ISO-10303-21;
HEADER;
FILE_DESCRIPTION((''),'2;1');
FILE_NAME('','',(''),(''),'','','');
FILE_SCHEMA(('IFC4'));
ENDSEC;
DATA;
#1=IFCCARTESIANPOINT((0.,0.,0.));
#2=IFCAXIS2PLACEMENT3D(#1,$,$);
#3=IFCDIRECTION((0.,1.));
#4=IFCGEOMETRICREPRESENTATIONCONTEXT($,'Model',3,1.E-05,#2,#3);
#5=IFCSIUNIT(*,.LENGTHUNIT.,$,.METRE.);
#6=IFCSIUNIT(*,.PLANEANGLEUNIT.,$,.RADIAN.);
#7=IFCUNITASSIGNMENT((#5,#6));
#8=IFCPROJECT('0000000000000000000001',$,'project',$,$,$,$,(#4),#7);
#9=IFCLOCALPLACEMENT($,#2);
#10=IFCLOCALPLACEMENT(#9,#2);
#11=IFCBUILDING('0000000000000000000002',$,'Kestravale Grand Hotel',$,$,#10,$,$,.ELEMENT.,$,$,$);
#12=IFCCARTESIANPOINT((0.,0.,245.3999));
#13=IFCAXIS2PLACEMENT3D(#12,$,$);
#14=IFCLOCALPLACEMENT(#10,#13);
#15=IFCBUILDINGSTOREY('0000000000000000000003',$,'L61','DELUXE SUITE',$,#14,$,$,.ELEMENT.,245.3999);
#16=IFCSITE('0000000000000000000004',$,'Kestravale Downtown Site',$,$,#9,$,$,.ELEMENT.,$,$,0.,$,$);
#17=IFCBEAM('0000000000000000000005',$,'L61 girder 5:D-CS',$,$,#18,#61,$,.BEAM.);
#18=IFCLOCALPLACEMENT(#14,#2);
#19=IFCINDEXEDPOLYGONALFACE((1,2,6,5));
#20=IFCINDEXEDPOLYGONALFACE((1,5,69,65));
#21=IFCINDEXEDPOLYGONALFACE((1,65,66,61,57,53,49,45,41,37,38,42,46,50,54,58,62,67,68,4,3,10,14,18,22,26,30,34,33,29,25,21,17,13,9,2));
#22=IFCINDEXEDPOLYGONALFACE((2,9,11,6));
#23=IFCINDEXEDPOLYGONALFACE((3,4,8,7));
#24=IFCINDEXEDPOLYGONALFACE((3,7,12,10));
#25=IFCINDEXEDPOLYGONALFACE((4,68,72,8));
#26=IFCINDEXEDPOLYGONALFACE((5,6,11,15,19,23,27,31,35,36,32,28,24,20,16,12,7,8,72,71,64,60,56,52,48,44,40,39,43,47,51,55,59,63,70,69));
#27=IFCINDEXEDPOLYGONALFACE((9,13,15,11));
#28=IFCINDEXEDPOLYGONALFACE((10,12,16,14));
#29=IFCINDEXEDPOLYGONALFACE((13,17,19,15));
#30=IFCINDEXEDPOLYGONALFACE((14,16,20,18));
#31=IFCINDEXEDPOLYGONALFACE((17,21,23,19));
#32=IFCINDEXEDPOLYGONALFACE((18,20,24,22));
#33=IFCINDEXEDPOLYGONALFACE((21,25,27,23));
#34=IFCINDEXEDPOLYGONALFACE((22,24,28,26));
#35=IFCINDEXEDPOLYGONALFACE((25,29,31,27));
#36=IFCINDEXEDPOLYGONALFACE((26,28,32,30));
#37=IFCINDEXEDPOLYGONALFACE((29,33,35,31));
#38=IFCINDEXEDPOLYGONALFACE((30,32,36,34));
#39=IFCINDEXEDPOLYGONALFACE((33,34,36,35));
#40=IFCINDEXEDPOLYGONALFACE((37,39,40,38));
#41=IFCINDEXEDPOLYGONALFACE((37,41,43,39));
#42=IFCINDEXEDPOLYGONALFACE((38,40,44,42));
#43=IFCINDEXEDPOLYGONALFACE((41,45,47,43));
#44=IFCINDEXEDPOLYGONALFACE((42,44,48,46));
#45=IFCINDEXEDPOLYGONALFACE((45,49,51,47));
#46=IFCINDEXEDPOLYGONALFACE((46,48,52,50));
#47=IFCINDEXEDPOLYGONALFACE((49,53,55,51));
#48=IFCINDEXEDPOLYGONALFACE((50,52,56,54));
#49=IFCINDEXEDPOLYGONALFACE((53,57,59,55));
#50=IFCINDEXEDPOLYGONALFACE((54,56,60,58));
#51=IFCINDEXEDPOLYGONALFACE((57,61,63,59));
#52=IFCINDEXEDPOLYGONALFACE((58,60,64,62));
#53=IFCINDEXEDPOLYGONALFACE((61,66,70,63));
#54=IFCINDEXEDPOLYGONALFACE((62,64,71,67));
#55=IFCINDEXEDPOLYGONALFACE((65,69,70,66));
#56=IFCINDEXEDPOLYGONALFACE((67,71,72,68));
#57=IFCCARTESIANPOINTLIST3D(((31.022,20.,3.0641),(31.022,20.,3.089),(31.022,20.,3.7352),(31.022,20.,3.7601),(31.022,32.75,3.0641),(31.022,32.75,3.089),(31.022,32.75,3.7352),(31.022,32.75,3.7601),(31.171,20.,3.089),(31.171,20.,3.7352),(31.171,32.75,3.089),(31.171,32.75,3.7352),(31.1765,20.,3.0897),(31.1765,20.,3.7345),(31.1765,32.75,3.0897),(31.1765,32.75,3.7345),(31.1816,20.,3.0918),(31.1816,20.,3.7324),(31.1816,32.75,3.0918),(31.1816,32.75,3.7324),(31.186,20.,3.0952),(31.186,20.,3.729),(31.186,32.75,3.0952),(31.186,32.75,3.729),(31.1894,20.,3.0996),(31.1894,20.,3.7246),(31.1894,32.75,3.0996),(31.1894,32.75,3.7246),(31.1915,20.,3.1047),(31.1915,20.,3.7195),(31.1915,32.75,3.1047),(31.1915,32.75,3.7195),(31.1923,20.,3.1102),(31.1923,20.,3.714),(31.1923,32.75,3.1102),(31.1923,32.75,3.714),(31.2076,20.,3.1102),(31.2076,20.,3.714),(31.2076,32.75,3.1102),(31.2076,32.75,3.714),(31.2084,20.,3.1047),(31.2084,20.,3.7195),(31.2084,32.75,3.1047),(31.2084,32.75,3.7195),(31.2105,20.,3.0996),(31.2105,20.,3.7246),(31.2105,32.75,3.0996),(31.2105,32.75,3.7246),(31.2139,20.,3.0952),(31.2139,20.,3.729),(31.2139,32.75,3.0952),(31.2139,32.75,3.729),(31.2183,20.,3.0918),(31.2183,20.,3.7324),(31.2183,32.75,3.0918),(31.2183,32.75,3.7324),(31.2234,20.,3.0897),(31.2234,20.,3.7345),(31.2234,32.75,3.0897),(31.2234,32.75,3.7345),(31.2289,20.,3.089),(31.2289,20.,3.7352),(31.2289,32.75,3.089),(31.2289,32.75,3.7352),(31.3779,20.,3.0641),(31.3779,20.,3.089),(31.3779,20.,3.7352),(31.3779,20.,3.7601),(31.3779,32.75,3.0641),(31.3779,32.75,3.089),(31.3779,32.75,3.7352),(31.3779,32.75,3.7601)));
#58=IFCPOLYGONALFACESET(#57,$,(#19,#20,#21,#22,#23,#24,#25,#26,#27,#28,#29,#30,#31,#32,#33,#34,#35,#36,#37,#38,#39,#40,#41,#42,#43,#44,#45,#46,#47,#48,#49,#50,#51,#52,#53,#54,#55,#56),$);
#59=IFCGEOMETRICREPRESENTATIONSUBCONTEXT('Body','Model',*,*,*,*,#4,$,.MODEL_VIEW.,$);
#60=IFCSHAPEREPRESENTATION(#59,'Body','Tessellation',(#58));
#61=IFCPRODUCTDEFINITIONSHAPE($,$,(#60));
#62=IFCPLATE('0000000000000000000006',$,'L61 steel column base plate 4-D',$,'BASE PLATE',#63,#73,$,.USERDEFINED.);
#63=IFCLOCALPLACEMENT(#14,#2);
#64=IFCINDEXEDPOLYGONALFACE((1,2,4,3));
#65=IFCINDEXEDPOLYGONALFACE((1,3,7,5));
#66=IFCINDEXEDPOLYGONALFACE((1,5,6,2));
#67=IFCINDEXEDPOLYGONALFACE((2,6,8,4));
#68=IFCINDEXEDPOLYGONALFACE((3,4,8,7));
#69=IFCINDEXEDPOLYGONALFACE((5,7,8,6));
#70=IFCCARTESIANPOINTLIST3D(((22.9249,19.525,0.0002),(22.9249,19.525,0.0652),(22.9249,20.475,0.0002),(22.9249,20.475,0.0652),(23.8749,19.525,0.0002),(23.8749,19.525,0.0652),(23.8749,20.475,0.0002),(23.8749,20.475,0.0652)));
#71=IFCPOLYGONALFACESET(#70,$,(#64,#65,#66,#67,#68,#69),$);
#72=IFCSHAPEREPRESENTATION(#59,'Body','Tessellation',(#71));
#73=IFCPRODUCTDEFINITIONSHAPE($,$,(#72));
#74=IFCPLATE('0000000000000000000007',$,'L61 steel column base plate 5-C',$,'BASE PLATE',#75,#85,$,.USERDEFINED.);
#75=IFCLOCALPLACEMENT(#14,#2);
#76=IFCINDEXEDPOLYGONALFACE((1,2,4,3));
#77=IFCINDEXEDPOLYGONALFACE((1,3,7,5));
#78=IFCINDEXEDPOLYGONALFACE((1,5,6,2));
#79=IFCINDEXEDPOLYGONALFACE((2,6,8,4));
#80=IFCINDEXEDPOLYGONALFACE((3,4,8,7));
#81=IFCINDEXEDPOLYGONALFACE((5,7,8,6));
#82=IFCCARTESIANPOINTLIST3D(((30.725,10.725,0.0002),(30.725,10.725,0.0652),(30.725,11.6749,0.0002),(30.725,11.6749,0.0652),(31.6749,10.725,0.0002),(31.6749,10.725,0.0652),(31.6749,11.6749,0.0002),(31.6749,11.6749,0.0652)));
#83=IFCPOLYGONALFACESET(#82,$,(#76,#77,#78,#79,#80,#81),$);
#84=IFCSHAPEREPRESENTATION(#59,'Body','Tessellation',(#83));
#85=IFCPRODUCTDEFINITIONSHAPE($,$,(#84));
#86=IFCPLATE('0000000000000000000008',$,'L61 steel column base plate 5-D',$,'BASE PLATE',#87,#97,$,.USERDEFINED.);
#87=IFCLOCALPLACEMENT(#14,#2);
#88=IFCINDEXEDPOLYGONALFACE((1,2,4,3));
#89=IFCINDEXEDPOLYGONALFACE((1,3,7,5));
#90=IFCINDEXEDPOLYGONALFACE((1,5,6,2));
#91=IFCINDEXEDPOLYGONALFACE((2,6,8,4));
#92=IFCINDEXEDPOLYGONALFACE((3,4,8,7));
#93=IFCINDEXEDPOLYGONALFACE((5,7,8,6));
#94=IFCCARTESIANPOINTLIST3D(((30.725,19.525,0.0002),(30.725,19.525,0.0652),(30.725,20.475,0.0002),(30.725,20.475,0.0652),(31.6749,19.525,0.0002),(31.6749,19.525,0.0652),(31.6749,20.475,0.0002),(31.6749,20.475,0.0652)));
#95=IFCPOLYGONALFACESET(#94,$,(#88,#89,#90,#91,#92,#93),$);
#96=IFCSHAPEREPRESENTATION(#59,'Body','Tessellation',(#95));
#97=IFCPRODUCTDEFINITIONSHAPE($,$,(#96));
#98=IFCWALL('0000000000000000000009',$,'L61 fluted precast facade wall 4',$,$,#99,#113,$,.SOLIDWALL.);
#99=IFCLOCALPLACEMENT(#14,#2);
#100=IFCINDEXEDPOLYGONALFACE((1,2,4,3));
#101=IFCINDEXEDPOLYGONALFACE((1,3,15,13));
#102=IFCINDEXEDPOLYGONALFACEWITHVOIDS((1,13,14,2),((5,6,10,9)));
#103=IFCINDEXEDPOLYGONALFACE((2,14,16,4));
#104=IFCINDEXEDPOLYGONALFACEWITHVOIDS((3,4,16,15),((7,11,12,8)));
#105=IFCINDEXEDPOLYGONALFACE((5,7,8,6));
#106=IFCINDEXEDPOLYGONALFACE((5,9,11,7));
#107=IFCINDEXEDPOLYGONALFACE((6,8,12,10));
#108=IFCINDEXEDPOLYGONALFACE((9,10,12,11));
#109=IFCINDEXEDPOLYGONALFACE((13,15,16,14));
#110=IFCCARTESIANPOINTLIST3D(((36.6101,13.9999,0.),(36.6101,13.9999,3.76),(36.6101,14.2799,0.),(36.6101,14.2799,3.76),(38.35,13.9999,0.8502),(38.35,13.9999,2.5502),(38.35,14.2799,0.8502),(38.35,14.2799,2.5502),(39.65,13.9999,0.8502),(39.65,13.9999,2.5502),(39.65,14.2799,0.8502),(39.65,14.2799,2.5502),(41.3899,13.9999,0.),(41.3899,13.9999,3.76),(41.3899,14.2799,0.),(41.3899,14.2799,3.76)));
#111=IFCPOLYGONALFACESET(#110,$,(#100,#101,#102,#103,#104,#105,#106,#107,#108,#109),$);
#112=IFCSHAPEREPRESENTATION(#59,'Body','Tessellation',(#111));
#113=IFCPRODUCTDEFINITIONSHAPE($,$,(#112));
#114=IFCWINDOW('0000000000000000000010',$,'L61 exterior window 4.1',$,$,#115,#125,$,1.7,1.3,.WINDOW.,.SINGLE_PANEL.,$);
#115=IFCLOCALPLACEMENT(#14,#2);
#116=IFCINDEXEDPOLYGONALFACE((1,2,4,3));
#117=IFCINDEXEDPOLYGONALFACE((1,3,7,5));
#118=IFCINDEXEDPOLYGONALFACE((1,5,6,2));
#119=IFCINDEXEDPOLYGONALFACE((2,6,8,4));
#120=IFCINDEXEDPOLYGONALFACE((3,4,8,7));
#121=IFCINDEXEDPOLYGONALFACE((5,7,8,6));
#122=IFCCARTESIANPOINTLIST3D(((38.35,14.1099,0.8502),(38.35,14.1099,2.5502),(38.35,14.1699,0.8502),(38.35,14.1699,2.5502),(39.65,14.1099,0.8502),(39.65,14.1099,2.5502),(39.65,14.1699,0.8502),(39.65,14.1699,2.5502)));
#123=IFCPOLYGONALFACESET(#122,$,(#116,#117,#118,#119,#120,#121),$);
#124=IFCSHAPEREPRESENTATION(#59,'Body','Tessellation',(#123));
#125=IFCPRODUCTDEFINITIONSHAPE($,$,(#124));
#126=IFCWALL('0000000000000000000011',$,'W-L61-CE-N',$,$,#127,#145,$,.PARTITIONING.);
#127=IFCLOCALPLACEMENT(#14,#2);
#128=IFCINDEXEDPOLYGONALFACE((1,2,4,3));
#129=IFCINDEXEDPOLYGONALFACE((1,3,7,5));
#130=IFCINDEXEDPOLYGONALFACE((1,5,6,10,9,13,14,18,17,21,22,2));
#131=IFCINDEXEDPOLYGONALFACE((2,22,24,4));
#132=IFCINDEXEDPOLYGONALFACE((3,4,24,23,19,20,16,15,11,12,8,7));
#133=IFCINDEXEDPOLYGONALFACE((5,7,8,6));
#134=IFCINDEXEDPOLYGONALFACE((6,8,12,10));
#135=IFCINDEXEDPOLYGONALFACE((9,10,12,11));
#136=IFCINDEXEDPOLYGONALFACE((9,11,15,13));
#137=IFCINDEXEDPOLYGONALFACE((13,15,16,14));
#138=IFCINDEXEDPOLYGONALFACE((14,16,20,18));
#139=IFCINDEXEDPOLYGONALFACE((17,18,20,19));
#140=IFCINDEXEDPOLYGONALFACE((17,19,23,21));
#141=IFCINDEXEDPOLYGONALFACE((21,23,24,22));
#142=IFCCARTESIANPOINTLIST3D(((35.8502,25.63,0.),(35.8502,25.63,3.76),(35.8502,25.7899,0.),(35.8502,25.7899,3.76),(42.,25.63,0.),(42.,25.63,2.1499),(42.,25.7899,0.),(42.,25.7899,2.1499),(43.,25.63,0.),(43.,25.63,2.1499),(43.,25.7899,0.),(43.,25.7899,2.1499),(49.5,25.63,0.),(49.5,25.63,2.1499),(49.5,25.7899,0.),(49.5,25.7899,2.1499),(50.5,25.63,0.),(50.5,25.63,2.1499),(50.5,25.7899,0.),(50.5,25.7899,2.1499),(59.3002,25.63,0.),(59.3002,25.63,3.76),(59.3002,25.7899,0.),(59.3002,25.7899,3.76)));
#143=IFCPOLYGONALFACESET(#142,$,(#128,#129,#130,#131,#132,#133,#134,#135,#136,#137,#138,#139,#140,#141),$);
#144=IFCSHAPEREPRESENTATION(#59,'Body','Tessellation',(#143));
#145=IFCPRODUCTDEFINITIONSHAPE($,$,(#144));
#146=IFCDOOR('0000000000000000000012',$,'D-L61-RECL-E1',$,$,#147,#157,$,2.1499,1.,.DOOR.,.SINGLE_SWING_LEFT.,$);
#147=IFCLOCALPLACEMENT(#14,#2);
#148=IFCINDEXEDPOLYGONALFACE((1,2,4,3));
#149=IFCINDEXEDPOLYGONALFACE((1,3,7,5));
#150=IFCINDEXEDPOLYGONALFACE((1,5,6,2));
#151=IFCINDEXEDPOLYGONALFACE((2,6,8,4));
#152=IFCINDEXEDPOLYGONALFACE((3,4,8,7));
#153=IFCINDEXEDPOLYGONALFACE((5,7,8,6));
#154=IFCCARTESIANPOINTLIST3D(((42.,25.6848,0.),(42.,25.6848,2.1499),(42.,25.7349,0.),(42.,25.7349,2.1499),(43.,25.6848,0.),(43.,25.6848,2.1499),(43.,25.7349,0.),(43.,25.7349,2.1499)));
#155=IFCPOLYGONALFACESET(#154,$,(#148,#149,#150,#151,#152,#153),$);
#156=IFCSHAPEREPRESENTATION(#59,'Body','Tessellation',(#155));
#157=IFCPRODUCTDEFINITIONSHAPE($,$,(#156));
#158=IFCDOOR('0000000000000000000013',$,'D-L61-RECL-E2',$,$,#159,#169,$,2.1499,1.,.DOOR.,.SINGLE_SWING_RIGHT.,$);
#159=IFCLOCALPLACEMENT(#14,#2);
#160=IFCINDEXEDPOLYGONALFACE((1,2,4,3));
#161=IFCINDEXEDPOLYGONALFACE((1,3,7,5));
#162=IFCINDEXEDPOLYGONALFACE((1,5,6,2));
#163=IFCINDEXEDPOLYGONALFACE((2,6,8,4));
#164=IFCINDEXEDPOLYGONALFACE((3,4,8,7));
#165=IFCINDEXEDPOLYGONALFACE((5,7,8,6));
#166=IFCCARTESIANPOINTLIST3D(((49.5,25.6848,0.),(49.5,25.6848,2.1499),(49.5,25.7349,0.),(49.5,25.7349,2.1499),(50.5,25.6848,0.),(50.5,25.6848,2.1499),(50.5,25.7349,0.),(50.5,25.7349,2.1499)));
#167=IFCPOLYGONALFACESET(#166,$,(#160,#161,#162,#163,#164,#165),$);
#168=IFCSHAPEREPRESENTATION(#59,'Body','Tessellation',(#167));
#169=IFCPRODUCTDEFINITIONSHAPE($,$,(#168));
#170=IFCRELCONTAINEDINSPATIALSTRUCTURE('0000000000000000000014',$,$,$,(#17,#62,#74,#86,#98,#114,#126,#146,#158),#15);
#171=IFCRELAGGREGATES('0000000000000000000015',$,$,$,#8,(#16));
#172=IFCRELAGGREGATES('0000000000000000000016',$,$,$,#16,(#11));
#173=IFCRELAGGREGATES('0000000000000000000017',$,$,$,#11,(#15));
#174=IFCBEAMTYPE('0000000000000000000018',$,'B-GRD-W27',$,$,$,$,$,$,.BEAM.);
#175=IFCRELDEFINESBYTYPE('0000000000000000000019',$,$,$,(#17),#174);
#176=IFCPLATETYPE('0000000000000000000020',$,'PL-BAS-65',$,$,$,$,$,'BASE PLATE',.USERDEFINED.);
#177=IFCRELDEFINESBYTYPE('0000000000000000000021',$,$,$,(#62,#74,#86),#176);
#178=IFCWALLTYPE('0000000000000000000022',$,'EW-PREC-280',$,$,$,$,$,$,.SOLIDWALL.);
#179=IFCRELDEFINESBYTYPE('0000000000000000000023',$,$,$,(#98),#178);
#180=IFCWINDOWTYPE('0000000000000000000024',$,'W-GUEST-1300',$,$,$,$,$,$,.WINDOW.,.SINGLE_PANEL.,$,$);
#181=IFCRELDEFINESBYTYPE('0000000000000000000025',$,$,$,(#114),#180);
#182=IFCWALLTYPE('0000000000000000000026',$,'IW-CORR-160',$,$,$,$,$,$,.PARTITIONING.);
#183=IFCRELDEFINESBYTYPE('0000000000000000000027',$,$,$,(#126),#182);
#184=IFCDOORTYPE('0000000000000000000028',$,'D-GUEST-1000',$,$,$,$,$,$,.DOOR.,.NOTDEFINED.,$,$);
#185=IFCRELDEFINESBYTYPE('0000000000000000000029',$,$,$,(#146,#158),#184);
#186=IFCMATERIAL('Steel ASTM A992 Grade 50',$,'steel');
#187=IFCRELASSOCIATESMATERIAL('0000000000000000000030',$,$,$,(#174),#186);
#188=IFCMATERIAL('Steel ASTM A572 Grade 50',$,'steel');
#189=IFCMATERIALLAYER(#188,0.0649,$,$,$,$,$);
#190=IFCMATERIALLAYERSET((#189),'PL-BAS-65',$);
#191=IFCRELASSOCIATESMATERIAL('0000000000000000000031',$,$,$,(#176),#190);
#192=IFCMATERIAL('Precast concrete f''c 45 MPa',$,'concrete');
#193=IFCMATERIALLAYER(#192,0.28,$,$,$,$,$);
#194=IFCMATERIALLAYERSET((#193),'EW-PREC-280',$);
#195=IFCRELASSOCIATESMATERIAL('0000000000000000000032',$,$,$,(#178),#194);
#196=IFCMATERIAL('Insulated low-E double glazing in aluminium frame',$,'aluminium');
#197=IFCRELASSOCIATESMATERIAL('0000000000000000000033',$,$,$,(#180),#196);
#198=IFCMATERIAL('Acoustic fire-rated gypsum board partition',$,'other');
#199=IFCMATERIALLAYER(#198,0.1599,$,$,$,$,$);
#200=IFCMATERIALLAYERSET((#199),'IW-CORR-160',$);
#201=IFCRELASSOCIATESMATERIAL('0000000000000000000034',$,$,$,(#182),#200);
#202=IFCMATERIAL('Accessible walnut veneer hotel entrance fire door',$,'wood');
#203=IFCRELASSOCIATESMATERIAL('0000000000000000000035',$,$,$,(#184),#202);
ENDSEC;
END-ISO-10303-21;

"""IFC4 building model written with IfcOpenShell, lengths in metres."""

from ifc_helpers import new_model, si_unit, direction, frame, frame_2d, origin, origin_2d, place, context, subcontext, project, spatial, rectangle, i_section, extrude, material, layer, layer_set, material_profile, profile_set, type_object, element, fill, save


model = new_model("IFC4")

# Units and contexts
model_context = context("Model", 3, precision=1e-05, world=origin(), true_north=direction((0.0, 1.0)))
body_context = subcontext(model_context, "Body", "Model", "MODEL_VIEW")
ifc_project = project(units=[si_unit("LENGTHUNIT", "METRE"), si_unit("PLANEANGLEUNIT", "RADIAN")], contexts=[model_context])

# Site, building, storey
site_placement = place(None, origin())
site = spatial("IfcSite", under=ifc_project, at=site_placement, Name="Kestravale Downtown Site", CompositionType="ELEMENT", RefElevation=0.0)
building_placement = place(site_placement, origin())
building = spatial("IfcBuilding", under=site, at=building_placement, Name="Kestravale Grand Hotel", CompositionType="ELEMENT")
storey_placement = place(building_placement, frame((0.0, 0.0, 245.3999)))
storey = spatial("IfcBuildingStorey", under=building, at=storey_placement, Name="L61", Description="DELUXE SUITE", CompositionType="ELEMENT", Elevation=245.3999)

# Beam
ifc_material_1 = material(Name="Steel ASTM A992 Grade 50", Category="steel")
ifc_material_profile_1 = material_profile(ifc_material_1, i_section(OverallWidth=0.356, OverallDepth=0.696, WebThickness=0.0154, FlangeThickness=0.0249, FilletRadius=0.0212, at=origin_2d()))
ifc_profile_set_1 = profile_set([ifc_material_profile_1], Name="Steel ASTM A992 Grade 50")
beam_type_1 = type_object("IfcBeamType", Name="B-GRD-W27", PredefinedType="BEAM", material=ifc_profile_set_1)
beam_1_placement = place(storey_placement, frame((31.2, 20.0, 3.4121), z_axis=(0.0, 1.0, 0.0), x_axis=(-1.0, 0.0, 0.0)))
element("IfcBeam", 1, at=beam_1_placement, inside=storey, type_object=beam_type_1, Name="L61 girder 5:D-CS", PredefinedType="BEAM", context=body_context, shape_type="SweptSolid", body=[
    extrude(i_section(OverallWidth=0.356, OverallDepth=0.696, WebThickness=0.0154, FlangeThickness=0.0249, FilletRadius=0.0212, at=origin_2d()), origin(), (0.0, 0.0, 1.0), 12.75),
])

# Plates
ifc_material_2 = material(Name="Steel ASTM A572 Grade 50", Category="steel")
ifc_layer_1 = layer(ifc_material_2, 0.0649)
ifc_layer_set_1 = layer_set([ifc_layer_1], Name="PL-BAS-65")
plate_type = type_object("IfcPlateType", Name="PL-BAS-65", ElementType="BASE PLATE", PredefinedType="USERDEFINED", material=ifc_layer_set_1)
for number, where, z_axis, x_axis, name in (
    (2, (23.3999, 20.0, 0.0002), (0.0, 0.0, 1.0), (1.0, 0.0, 0.0), "L61 steel column base plate 4-D"),
    (3, (31.2, 11.2, 0.0002), (0.0, 0.0, 1.0), (1.0, 0.0, 0.0), "L61 steel column base plate 5-C"),
    (4, (31.2, 20.0, 0.0002), (0.0, 0.0, 1.0), (1.0, 0.0, 0.0), "L61 steel column base plate 5-D"),
):
    element("IfcPlate", number, at=place(storey_placement, frame(where, z_axis=z_axis, x_axis=x_axis)), inside=storey, type_object=plate_type, Name=name, ObjectType="BASE PLATE", PredefinedType="USERDEFINED", context=body_context, shape_type="SweptSolid", body=[
        extrude(rectangle(XDim=0.95, YDim=0.95, at=origin_2d()), origin(), (0.0, 0.0, 1.0), 0.0649),
    ])

# Wall, opening, window
ifc_material_3 = material(Name="Precast concrete f'c 45 MPa", Category="concrete")
ifc_layer_2 = layer(ifc_material_3, 0.28)
ifc_layer_set_2 = layer_set([ifc_layer_2], Name="EW-PREC-280")
wall_type_1 = type_object("IfcWallType", Name="EW-PREC-280", PredefinedType="SOLIDWALL", material=ifc_layer_set_2)
wall_1_placement = place(storey_placement, frame((36.6101, 14.1399, 0.0), z_axis=(0.0, 0.0, 1.0), x_axis=(1.0, 0.0, 0.0)))
wall_1 = element("IfcWall", 5, at=wall_1_placement, inside=storey, type_object=wall_type_1, Name="L61 fluted precast facade wall 4", PredefinedType="SOLIDWALL", context=body_context, shape_type="SweptSolid", body=[
    extrude(rectangle(XDim=4.7798, YDim=0.28, at=frame_2d((2.3899, 0.0))), origin(), (0.0, 0.0, 1.0), 3.76),
])
opening_1_placement = place(wall_1_placement, frame((1.74, 0.0, 0.8501)))
opening_1 = element("IfcOpeningElement", 6, at=opening_1_placement, cuts=wall_1, PredefinedType="OPENING", context=body_context, shape_type="SweptSolid", body=[
    extrude(rectangle(XDim=1.3, YDim=1.7, at=frame_2d((0.6499, 0.8501))), frame((0.0, 0.1499, 0.0), z_axis=(0.0, -1.0, 0.0), x_axis=(1.0, 0.0, 0.0)), (0.0, 0.0, 1.0), 0.3),
])
ifc_material_4 = material(Name="Insulated low-E double glazing in aluminium frame", Category="aluminium")
window_type = type_object("IfcWindowType", Name="W-GUEST-1300", PartitioningType="SINGLE_PANEL", PredefinedType="WINDOW", material=ifc_material_4)
window_placement = place(opening_1_placement, origin())
window = element("IfcWindow", 7, at=window_placement, inside=storey, type_object=window_type, Name="L61 exterior window 4.1", OverallHeight=1.7, OverallWidth=1.3, PartitioningType="SINGLE_PANEL", PredefinedType="WINDOW", context=body_context, shape_type="SweptSolid", body=[
    extrude(rectangle(XDim=1.3, YDim=1.7, at=frame_2d((0.6499, 0.8501))), frame((0.0, 0.03, 0.0), z_axis=(0.0, -1.0, 0.0), x_axis=(1.0, 0.0, 0.0)), (0.0, 0.0, 1.0), 0.0601),
])
fill(opening_1, window)

# Wall, openings, doors
ifc_material_5 = material(Name="Acoustic fire-rated gypsum board partition", Category="other")
ifc_layer_3 = layer(ifc_material_5, 0.1599)
ifc_layer_set_3 = layer_set([ifc_layer_3], Name="IW-CORR-160")
wall_type_2 = type_object("IfcWallType", Name="IW-CORR-160", PredefinedType="PARTITIONING", material=ifc_layer_set_3)
wall_2_placement = place(storey_placement, frame((35.8501, 25.71, 0.0), z_axis=(0.0, 0.0, 1.0), x_axis=(1.0, 0.0, 0.0)))
wall_2 = element("IfcWall", 8, at=wall_2_placement, inside=storey, type_object=wall_type_2, Name="W-L61-CE-N", PredefinedType="PARTITIONING", context=body_context, shape_type="SweptSolid", body=[
    extrude(rectangle(XDim=23.45, YDim=0.1599, at=frame_2d((11.7251, 0.0))), origin(), (0.0, 0.0, 1.0), 3.76),
])
opening_2_placement = place(wall_2_placement, frame((6.1499, 0.0, 0.0)))
opening_2 = element("IfcOpeningElement", 9, at=opening_2_placement, cuts=wall_2, PredefinedType="OPENING", context=body_context, shape_type="SweptSolid", body=[
    extrude(rectangle(XDim=1.0, YDim=2.1499, at=frame_2d((0.5, 1.075))), frame((0.0, 0.0898, 0.0), z_axis=(0.0, -1.0, 0.0), x_axis=(1.0, 0.0, 0.0)), (0.0, 0.0, 1.0), 0.1799),
])
opening_3_placement = place(wall_2_placement, frame((13.6499, 0.0, 0.0)))
opening_3 = element("IfcOpeningElement", 10, at=opening_3_placement, cuts=wall_2, PredefinedType="OPENING", context=body_context, shape_type="SweptSolid", body=[
    extrude(rectangle(XDim=1.0, YDim=2.1499, at=frame_2d((0.5, 1.075))), frame((0.0, 0.0898, 0.0), z_axis=(0.0, -1.0, 0.0), x_axis=(1.0, 0.0, 0.0)), (0.0, 0.0, 1.0), 0.1799),
])
ifc_material_6 = material(Name="Accessible walnut veneer hotel entrance fire door", Category="wood")
door_type_1 = type_object("IfcDoorType", Name="D-GUEST-1000", OperationType="NOTDEFINED", PredefinedType="DOOR", material=ifc_material_6)
door_1_placement = place(opening_2_placement, origin())
door_1 = element("IfcDoor", 11, at=door_1_placement, inside=storey, type_object=door_type_1, Name="D-L61-RECL-E1", OperationType="SINGLE_SWING_LEFT", OverallHeight=2.1499, OverallWidth=1.0, PredefinedType="DOOR", context=body_context, shape_type="SweptSolid", body=[
    extrude(rectangle(XDim=1.0, YDim=2.1499, at=frame_2d((0.5, 1.075))), frame((0.0, 0.0249, 0.0), z_axis=(0.0, -1.0, 0.0), x_axis=(1.0, 0.0, 0.0)), (0.0, 0.0, 1.0), 0.05),
])
fill(opening_2, door_1)
door_2_placement = place(opening_3_placement, origin())
door_2 = element("IfcDoor", 12, at=door_2_placement, inside=storey, type_object=door_type_1, Name="D-L61-RECL-E2", OperationType="SINGLE_SWING_RIGHT", OverallHeight=2.1499, OverallWidth=1.0, PredefinedType="DOOR", context=body_context, shape_type="SweptSolid", body=[
    extrude(rectangle(XDim=1.0, YDim=2.1499, at=frame_2d((0.5, 1.075))), frame((0.0, 0.0249, 0.0), z_axis=(0.0, -1.0, 0.0), x_axis=(1.0, 0.0, 0.0)), (0.0, 0.0, 1.0), 0.05),
])
fill(opening_3, door_2)

save(model, "model.ifc")
